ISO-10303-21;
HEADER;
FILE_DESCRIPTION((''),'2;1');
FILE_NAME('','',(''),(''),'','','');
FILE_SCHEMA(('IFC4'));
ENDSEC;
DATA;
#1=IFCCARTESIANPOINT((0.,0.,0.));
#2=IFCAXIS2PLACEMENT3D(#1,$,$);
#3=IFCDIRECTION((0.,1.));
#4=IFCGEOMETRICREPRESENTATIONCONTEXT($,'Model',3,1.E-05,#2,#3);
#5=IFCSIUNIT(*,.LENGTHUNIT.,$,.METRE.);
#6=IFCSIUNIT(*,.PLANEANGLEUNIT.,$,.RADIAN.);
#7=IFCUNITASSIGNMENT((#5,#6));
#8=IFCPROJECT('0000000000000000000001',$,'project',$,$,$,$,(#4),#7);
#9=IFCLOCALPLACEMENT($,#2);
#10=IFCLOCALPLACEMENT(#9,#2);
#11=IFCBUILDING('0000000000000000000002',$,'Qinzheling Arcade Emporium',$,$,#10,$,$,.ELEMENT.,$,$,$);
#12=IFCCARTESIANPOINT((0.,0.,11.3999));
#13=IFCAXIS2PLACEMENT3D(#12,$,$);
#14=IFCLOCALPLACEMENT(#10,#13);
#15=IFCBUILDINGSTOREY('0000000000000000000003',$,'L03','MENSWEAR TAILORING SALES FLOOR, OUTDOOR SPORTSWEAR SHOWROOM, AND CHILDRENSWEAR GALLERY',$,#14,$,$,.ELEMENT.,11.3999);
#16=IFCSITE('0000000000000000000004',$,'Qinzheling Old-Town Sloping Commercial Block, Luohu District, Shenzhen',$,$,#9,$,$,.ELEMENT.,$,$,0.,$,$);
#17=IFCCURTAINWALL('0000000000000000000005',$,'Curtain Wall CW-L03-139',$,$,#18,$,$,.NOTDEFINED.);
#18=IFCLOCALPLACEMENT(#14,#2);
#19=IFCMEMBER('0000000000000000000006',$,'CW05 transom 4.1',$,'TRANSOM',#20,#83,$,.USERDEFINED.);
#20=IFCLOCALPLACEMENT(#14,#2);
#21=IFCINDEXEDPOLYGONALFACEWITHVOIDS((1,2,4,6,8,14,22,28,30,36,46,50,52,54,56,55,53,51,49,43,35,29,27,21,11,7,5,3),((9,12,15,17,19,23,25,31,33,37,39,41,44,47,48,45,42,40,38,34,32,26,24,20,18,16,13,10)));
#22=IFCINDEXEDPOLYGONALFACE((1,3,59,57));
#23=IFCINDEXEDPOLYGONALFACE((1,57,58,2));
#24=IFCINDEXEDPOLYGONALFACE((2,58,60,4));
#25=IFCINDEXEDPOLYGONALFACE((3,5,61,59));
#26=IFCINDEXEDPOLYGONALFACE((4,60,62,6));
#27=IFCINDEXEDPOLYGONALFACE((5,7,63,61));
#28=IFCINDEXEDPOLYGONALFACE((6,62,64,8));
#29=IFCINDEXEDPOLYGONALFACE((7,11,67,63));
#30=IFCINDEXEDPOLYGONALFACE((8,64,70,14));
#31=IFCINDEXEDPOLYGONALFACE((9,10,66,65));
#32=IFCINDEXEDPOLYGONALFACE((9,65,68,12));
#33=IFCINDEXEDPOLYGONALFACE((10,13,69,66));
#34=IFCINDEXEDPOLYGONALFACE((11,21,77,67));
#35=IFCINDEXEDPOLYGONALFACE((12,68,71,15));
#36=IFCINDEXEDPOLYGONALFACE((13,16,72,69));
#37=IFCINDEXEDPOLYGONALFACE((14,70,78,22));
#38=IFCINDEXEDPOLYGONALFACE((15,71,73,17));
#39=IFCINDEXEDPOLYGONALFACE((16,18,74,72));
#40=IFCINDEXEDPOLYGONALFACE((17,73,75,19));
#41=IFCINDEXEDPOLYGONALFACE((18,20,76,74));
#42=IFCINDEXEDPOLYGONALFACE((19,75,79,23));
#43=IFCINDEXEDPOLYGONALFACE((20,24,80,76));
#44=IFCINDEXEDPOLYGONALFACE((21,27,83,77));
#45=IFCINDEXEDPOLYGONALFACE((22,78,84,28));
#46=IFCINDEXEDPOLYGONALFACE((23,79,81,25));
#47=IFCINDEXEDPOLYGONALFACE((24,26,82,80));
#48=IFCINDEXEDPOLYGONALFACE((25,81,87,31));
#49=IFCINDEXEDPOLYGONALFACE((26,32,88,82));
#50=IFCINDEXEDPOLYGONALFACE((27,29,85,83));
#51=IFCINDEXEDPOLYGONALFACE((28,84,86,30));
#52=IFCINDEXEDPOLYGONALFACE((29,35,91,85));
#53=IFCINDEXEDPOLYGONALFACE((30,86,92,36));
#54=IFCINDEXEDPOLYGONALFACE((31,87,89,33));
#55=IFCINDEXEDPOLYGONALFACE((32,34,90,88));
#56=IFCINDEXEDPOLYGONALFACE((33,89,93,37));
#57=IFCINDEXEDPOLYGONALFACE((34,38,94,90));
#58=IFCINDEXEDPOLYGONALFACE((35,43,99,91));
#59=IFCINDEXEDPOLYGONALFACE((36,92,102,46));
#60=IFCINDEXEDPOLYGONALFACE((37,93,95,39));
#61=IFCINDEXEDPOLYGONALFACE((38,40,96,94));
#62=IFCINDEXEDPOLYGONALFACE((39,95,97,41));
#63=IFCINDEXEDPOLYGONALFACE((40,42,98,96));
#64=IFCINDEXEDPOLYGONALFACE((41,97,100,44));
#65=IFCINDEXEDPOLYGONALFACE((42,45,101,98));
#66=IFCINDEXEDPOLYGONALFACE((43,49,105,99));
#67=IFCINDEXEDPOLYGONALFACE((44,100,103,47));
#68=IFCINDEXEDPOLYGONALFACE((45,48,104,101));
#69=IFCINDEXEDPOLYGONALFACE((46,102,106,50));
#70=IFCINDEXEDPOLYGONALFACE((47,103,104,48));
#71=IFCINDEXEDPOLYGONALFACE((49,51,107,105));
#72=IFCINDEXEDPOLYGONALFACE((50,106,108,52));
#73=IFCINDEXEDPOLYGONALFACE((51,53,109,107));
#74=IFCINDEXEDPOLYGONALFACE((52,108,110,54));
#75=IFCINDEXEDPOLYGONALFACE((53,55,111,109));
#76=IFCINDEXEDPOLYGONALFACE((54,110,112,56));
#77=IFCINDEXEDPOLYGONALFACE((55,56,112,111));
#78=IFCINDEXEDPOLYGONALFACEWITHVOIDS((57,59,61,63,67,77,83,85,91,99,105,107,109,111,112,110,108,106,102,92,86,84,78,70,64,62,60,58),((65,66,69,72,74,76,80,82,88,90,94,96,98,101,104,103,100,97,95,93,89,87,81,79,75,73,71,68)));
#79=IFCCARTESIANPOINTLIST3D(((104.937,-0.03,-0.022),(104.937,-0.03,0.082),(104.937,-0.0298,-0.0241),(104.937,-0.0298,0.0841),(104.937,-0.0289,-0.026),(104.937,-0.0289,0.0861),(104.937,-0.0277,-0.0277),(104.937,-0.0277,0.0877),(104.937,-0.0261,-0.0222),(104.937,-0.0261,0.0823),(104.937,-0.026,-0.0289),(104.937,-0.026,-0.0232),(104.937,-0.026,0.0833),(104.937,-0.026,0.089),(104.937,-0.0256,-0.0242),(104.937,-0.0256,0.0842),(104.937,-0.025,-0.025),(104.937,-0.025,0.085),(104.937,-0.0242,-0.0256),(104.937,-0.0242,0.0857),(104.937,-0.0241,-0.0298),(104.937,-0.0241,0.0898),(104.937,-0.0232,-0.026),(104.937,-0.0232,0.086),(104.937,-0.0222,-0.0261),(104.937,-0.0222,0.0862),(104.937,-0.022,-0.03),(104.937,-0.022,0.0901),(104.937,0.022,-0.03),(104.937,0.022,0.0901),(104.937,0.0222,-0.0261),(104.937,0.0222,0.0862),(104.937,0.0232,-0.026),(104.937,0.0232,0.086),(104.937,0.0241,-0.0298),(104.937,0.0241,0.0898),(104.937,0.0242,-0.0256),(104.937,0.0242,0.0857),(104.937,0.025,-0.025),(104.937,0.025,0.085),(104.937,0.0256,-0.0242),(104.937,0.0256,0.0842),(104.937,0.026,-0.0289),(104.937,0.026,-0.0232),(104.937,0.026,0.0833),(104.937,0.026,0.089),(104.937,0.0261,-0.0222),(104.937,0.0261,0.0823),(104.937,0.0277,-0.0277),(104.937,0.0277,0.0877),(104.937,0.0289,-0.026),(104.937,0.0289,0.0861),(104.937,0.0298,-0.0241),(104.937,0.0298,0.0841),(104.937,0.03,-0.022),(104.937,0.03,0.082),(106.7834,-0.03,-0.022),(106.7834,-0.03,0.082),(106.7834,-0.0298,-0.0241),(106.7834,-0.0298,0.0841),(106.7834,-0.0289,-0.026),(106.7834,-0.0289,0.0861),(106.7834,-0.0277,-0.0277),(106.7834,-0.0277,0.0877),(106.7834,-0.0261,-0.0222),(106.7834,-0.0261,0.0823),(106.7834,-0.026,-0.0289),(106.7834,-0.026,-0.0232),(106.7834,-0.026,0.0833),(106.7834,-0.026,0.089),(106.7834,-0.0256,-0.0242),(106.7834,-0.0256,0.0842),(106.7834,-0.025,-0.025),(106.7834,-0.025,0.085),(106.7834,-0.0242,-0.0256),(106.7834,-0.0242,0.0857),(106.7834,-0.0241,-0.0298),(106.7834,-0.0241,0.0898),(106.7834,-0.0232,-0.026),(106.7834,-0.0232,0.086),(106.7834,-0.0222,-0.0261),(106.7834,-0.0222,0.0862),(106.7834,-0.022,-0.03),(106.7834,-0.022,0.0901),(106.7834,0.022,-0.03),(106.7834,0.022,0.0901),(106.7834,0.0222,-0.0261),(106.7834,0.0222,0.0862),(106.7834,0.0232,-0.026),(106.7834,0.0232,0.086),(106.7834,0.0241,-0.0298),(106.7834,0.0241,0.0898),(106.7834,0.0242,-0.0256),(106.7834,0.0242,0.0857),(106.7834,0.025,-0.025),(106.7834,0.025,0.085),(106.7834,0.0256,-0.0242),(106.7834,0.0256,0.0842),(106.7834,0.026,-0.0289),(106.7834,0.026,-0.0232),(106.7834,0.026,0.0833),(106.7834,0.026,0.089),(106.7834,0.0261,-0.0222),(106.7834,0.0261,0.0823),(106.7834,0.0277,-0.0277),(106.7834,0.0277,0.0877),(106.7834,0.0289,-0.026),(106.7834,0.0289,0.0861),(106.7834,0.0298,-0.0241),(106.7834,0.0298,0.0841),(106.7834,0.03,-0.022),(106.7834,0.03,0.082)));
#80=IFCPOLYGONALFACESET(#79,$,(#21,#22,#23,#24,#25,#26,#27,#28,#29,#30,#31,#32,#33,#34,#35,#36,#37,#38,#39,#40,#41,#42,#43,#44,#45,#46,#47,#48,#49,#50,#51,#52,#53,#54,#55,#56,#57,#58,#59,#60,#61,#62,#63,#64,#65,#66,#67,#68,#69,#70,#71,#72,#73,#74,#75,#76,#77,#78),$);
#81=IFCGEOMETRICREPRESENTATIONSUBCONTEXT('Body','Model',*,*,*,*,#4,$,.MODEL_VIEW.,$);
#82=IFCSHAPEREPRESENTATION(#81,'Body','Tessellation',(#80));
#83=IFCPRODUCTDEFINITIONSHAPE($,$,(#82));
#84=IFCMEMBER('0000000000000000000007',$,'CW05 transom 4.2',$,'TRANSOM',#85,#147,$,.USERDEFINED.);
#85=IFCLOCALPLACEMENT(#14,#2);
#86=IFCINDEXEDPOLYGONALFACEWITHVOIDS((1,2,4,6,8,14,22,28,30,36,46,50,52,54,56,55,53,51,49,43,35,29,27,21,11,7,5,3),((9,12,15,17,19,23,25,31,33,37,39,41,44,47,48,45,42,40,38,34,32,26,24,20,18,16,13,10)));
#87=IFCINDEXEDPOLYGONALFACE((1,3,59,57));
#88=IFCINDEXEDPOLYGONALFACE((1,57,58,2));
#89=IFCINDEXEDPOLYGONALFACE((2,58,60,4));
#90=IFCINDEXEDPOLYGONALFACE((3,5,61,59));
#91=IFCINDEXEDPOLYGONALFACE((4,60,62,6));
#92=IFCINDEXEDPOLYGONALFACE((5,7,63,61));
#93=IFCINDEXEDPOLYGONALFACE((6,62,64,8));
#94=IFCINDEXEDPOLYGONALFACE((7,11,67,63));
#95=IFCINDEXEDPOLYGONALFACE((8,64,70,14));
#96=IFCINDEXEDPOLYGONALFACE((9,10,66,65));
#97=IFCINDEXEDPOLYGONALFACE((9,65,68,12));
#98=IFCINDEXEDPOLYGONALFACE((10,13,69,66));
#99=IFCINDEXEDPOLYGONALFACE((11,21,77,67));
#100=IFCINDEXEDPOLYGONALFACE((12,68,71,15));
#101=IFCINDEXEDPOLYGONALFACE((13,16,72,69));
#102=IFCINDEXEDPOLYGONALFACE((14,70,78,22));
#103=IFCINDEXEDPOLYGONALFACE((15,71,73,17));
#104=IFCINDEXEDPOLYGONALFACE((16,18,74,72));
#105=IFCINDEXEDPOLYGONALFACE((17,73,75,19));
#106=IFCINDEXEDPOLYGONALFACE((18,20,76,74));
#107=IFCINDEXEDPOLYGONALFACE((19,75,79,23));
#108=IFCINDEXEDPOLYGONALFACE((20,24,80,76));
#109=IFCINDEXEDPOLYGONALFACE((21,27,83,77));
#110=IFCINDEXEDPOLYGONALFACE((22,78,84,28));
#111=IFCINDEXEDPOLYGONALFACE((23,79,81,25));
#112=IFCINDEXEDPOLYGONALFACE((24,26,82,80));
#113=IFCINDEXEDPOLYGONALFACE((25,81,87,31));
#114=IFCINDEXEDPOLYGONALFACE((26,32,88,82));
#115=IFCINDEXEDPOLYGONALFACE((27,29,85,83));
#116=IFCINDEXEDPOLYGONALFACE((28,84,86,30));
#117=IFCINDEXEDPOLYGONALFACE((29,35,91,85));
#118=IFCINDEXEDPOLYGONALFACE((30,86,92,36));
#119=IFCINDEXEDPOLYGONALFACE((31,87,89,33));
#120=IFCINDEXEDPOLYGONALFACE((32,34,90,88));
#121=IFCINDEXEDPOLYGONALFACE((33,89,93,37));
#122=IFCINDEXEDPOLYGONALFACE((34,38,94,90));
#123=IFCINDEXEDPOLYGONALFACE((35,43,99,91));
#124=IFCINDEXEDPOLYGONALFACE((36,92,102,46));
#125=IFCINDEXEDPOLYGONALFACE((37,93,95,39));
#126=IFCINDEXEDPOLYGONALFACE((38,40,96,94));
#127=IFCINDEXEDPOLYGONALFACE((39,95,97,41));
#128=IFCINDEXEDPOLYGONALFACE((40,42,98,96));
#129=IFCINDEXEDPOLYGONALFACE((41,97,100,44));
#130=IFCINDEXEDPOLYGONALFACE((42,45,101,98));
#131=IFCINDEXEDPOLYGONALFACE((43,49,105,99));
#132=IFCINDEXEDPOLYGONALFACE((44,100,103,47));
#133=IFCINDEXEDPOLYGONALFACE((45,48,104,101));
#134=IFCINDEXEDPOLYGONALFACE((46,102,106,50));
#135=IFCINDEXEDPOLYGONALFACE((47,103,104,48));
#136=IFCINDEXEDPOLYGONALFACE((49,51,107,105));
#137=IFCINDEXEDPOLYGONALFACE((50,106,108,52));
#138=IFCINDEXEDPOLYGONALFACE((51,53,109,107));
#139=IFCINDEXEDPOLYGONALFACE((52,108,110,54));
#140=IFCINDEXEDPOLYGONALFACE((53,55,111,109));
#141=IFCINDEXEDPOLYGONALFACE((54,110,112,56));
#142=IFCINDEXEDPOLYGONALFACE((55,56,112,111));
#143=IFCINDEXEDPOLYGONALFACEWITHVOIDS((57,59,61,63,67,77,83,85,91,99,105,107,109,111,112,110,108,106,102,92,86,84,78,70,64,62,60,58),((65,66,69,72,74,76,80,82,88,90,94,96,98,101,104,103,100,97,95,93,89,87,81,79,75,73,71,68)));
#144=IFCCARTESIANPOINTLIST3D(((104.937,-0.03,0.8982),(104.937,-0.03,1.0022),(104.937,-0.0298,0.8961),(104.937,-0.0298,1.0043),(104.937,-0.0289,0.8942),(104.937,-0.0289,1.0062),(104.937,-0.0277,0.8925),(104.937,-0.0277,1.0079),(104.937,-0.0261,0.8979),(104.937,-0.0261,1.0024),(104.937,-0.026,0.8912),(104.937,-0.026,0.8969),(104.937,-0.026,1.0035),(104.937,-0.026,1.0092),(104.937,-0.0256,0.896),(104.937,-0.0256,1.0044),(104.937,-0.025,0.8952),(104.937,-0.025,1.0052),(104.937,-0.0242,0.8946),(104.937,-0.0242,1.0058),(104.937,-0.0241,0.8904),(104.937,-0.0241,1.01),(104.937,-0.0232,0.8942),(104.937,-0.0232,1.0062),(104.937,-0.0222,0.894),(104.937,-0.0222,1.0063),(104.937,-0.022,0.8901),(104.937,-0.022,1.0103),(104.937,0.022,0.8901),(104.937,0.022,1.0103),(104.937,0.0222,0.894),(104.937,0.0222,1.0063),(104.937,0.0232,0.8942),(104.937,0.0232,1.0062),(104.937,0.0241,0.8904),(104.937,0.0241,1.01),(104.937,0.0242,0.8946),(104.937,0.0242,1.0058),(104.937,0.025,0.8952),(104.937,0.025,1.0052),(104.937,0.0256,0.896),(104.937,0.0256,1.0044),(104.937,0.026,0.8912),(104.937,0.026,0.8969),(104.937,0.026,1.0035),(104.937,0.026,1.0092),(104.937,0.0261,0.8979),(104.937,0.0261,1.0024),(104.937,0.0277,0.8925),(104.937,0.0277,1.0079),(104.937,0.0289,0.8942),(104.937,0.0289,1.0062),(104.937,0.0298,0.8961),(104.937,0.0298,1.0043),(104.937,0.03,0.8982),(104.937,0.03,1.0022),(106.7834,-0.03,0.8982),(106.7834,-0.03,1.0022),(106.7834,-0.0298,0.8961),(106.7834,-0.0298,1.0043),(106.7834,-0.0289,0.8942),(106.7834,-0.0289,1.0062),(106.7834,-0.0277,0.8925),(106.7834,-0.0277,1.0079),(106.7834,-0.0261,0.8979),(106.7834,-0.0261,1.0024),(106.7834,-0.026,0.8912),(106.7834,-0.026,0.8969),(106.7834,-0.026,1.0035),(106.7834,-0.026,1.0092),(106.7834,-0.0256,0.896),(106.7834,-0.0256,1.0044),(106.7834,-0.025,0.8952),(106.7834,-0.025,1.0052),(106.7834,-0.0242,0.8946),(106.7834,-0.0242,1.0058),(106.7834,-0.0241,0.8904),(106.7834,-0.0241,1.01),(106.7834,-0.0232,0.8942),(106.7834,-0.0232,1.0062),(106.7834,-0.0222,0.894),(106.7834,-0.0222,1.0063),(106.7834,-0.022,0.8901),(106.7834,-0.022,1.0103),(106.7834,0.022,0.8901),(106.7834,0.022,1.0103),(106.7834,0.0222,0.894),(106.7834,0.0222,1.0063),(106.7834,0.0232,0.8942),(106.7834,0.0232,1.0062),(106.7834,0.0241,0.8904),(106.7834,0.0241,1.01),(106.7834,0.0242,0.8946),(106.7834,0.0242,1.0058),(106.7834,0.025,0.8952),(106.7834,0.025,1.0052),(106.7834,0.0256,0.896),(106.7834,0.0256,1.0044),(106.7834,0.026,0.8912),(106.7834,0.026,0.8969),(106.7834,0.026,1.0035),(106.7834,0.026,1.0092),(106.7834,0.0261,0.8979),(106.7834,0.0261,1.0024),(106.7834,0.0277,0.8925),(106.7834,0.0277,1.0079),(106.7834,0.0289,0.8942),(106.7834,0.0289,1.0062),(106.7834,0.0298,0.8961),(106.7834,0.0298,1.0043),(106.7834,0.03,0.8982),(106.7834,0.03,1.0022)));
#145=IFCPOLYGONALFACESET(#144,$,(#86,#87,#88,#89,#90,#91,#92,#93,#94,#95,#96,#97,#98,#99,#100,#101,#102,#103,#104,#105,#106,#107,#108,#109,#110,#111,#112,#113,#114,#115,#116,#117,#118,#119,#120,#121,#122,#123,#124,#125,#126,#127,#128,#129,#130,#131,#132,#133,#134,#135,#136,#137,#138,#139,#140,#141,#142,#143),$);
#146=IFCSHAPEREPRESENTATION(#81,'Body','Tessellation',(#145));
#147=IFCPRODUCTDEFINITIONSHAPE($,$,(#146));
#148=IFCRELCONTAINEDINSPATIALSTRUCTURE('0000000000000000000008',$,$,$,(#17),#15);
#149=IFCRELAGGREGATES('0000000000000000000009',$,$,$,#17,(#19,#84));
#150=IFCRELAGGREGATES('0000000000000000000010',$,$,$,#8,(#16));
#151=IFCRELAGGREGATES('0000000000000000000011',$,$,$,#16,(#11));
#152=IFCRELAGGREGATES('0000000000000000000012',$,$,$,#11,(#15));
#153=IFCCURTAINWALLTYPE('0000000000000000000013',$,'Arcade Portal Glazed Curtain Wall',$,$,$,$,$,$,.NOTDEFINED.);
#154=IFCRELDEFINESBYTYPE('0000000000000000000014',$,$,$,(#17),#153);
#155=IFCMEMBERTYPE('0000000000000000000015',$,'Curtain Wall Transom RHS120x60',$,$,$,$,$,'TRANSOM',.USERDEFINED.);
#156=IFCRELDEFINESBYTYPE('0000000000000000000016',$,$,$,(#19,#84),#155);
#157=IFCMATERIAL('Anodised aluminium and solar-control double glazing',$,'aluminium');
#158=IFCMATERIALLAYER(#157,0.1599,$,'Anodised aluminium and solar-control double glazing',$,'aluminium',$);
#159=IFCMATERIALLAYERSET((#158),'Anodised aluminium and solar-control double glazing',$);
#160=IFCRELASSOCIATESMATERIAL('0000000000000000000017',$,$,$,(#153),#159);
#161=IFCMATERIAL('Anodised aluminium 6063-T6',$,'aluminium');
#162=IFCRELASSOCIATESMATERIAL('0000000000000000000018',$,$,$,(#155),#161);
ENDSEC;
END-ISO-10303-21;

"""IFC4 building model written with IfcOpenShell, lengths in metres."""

from ifc_helpers import new_model, si_unit, direction, frame, origin, origin_2d, place, context, subcontext, project, spatial, hollow_rectangle, extrude, material, layer, layer_set, material_profile, profile_set, type_object, element, aggregate, save


model = new_model("IFC4")

# Units and contexts
model_context = context("Model", 3, precision=1e-05, world=origin(), true_north=direction((0.0, 1.0)))
body_context = subcontext(model_context, "Body", "Model", "MODEL_VIEW")
ifc_project = project(units=[si_unit("LENGTHUNIT", "METRE"), si_unit("PLANEANGLEUNIT", "RADIAN")], contexts=[model_context])

# Site, building, storey
site_placement = place(None, origin())
site = spatial("IfcSite", under=ifc_project, at=site_placement, Name="Qinzheling Old-Town Sloping Commercial Block, Luohu District, Shenzhen", CompositionType="ELEMENT", RefElevation=0.0)
building_placement = place(site_placement, origin())
building = spatial("IfcBuilding", under=site, at=building_placement, Name="Qinzheling Arcade Emporium", CompositionType="ELEMENT")
storey_placement = place(building_placement, frame((0.0, 0.0, 11.3999)))
storey = spatial("IfcBuildingStorey", under=building, at=storey_placement, Name="L03", Description="MENSWEAR TAILORING SALES FLOOR, OUTDOOR SPORTSWEAR SHOWROOM, AND CHILDRENSWEAR GALLERY", CompositionType="ELEMENT", Elevation=11.3999)

# Curtain wall, members
ifc_material_1 = material(Name="Anodised aluminium and solar-control double glazing", Category="aluminium")
ifc_layer_1 = layer(ifc_material_1, 0.1599, Name="Anodised aluminium and solar-control double glazing", Category="aluminium")
ifc_layer_set_1 = layer_set([ifc_layer_1], Name="Anodised aluminium and solar-control double glazing")
curtain_wall_type = type_object("IfcCurtainWallType", Name="Arcade Portal Glazed Curtain Wall", PredefinedType="NOTDEFINED", material=ifc_layer_set_1)
curtain_wall_placement = place(storey_placement, origin())
curtain_wall = element("IfcCurtainWall", 1, at=curtain_wall_placement, inside=storey, type_object=curtain_wall_type, Name="Curtain Wall CW-L03-139", PredefinedType="NOTDEFINED")
ifc_material_2 = material(Name="Anodised aluminium 6063-T6", Category="aluminium")
ifc_material_profile_1 = material_profile(ifc_material_2, hollow_rectangle(XDim=0.0601, YDim=0.1201, WallThickness=0.0039, InnerFilletRadius=0.0039, OuterFilletRadius=0.0081, at=origin_2d()), Name="RHS 120x60x4", Category="aluminium")
ifc_profile_set_1 = profile_set([ifc_material_profile_1], Name="Anodised aluminium 6063-T6")
member_type_1 = type_object("IfcMemberType", Name="Curtain Wall Transom RHS120x60", ElementType="TRANSOM", PredefinedType="USERDEFINED", material=ifc_profile_set_1)
member_1_placement = place(storey_placement, frame((106.7834, 0.0, 0.03), z_axis=(-1.0, 0.0, 0.0), x_axis=(0.0, -1.0, 0.0)))
member_1 = element("IfcMember", 2, at=member_1_placement, type_object=member_type_1, Name="CW05 transom 4.1", ObjectType="TRANSOM", PredefinedType="USERDEFINED", context=body_context, shape_type="SweptSolid", body=[
    extrude(hollow_rectangle(XDim=0.0601, YDim=0.1201, WallThickness=0.0039, InnerFilletRadius=0.0039, OuterFilletRadius=0.0081, at=origin_2d()), origin(), (0.0, 0.0, 1.0), 1.8464),
])
member_2_placement = place(storey_placement, frame((106.7834, 0.0, 0.9502), z_axis=(-1.0, 0.0, 0.0), x_axis=(0.0, -1.0, 0.0)))
member_2 = element("IfcMember", 3, at=member_2_placement, type_object=member_type_1, Name="CW05 transom 4.2", ObjectType="TRANSOM", PredefinedType="USERDEFINED", context=body_context, shape_type="SweptSolid", body=[
    extrude(hollow_rectangle(XDim=0.0601, YDim=0.1201, WallThickness=0.0039, InnerFilletRadius=0.0039, OuterFilletRadius=0.0081, at=origin_2d()), origin(), (0.0, 0.0, 1.0), 1.8464),
])

aggregate(curtain_wall, [member_1, member_2])

save(model, "model.ifc")
